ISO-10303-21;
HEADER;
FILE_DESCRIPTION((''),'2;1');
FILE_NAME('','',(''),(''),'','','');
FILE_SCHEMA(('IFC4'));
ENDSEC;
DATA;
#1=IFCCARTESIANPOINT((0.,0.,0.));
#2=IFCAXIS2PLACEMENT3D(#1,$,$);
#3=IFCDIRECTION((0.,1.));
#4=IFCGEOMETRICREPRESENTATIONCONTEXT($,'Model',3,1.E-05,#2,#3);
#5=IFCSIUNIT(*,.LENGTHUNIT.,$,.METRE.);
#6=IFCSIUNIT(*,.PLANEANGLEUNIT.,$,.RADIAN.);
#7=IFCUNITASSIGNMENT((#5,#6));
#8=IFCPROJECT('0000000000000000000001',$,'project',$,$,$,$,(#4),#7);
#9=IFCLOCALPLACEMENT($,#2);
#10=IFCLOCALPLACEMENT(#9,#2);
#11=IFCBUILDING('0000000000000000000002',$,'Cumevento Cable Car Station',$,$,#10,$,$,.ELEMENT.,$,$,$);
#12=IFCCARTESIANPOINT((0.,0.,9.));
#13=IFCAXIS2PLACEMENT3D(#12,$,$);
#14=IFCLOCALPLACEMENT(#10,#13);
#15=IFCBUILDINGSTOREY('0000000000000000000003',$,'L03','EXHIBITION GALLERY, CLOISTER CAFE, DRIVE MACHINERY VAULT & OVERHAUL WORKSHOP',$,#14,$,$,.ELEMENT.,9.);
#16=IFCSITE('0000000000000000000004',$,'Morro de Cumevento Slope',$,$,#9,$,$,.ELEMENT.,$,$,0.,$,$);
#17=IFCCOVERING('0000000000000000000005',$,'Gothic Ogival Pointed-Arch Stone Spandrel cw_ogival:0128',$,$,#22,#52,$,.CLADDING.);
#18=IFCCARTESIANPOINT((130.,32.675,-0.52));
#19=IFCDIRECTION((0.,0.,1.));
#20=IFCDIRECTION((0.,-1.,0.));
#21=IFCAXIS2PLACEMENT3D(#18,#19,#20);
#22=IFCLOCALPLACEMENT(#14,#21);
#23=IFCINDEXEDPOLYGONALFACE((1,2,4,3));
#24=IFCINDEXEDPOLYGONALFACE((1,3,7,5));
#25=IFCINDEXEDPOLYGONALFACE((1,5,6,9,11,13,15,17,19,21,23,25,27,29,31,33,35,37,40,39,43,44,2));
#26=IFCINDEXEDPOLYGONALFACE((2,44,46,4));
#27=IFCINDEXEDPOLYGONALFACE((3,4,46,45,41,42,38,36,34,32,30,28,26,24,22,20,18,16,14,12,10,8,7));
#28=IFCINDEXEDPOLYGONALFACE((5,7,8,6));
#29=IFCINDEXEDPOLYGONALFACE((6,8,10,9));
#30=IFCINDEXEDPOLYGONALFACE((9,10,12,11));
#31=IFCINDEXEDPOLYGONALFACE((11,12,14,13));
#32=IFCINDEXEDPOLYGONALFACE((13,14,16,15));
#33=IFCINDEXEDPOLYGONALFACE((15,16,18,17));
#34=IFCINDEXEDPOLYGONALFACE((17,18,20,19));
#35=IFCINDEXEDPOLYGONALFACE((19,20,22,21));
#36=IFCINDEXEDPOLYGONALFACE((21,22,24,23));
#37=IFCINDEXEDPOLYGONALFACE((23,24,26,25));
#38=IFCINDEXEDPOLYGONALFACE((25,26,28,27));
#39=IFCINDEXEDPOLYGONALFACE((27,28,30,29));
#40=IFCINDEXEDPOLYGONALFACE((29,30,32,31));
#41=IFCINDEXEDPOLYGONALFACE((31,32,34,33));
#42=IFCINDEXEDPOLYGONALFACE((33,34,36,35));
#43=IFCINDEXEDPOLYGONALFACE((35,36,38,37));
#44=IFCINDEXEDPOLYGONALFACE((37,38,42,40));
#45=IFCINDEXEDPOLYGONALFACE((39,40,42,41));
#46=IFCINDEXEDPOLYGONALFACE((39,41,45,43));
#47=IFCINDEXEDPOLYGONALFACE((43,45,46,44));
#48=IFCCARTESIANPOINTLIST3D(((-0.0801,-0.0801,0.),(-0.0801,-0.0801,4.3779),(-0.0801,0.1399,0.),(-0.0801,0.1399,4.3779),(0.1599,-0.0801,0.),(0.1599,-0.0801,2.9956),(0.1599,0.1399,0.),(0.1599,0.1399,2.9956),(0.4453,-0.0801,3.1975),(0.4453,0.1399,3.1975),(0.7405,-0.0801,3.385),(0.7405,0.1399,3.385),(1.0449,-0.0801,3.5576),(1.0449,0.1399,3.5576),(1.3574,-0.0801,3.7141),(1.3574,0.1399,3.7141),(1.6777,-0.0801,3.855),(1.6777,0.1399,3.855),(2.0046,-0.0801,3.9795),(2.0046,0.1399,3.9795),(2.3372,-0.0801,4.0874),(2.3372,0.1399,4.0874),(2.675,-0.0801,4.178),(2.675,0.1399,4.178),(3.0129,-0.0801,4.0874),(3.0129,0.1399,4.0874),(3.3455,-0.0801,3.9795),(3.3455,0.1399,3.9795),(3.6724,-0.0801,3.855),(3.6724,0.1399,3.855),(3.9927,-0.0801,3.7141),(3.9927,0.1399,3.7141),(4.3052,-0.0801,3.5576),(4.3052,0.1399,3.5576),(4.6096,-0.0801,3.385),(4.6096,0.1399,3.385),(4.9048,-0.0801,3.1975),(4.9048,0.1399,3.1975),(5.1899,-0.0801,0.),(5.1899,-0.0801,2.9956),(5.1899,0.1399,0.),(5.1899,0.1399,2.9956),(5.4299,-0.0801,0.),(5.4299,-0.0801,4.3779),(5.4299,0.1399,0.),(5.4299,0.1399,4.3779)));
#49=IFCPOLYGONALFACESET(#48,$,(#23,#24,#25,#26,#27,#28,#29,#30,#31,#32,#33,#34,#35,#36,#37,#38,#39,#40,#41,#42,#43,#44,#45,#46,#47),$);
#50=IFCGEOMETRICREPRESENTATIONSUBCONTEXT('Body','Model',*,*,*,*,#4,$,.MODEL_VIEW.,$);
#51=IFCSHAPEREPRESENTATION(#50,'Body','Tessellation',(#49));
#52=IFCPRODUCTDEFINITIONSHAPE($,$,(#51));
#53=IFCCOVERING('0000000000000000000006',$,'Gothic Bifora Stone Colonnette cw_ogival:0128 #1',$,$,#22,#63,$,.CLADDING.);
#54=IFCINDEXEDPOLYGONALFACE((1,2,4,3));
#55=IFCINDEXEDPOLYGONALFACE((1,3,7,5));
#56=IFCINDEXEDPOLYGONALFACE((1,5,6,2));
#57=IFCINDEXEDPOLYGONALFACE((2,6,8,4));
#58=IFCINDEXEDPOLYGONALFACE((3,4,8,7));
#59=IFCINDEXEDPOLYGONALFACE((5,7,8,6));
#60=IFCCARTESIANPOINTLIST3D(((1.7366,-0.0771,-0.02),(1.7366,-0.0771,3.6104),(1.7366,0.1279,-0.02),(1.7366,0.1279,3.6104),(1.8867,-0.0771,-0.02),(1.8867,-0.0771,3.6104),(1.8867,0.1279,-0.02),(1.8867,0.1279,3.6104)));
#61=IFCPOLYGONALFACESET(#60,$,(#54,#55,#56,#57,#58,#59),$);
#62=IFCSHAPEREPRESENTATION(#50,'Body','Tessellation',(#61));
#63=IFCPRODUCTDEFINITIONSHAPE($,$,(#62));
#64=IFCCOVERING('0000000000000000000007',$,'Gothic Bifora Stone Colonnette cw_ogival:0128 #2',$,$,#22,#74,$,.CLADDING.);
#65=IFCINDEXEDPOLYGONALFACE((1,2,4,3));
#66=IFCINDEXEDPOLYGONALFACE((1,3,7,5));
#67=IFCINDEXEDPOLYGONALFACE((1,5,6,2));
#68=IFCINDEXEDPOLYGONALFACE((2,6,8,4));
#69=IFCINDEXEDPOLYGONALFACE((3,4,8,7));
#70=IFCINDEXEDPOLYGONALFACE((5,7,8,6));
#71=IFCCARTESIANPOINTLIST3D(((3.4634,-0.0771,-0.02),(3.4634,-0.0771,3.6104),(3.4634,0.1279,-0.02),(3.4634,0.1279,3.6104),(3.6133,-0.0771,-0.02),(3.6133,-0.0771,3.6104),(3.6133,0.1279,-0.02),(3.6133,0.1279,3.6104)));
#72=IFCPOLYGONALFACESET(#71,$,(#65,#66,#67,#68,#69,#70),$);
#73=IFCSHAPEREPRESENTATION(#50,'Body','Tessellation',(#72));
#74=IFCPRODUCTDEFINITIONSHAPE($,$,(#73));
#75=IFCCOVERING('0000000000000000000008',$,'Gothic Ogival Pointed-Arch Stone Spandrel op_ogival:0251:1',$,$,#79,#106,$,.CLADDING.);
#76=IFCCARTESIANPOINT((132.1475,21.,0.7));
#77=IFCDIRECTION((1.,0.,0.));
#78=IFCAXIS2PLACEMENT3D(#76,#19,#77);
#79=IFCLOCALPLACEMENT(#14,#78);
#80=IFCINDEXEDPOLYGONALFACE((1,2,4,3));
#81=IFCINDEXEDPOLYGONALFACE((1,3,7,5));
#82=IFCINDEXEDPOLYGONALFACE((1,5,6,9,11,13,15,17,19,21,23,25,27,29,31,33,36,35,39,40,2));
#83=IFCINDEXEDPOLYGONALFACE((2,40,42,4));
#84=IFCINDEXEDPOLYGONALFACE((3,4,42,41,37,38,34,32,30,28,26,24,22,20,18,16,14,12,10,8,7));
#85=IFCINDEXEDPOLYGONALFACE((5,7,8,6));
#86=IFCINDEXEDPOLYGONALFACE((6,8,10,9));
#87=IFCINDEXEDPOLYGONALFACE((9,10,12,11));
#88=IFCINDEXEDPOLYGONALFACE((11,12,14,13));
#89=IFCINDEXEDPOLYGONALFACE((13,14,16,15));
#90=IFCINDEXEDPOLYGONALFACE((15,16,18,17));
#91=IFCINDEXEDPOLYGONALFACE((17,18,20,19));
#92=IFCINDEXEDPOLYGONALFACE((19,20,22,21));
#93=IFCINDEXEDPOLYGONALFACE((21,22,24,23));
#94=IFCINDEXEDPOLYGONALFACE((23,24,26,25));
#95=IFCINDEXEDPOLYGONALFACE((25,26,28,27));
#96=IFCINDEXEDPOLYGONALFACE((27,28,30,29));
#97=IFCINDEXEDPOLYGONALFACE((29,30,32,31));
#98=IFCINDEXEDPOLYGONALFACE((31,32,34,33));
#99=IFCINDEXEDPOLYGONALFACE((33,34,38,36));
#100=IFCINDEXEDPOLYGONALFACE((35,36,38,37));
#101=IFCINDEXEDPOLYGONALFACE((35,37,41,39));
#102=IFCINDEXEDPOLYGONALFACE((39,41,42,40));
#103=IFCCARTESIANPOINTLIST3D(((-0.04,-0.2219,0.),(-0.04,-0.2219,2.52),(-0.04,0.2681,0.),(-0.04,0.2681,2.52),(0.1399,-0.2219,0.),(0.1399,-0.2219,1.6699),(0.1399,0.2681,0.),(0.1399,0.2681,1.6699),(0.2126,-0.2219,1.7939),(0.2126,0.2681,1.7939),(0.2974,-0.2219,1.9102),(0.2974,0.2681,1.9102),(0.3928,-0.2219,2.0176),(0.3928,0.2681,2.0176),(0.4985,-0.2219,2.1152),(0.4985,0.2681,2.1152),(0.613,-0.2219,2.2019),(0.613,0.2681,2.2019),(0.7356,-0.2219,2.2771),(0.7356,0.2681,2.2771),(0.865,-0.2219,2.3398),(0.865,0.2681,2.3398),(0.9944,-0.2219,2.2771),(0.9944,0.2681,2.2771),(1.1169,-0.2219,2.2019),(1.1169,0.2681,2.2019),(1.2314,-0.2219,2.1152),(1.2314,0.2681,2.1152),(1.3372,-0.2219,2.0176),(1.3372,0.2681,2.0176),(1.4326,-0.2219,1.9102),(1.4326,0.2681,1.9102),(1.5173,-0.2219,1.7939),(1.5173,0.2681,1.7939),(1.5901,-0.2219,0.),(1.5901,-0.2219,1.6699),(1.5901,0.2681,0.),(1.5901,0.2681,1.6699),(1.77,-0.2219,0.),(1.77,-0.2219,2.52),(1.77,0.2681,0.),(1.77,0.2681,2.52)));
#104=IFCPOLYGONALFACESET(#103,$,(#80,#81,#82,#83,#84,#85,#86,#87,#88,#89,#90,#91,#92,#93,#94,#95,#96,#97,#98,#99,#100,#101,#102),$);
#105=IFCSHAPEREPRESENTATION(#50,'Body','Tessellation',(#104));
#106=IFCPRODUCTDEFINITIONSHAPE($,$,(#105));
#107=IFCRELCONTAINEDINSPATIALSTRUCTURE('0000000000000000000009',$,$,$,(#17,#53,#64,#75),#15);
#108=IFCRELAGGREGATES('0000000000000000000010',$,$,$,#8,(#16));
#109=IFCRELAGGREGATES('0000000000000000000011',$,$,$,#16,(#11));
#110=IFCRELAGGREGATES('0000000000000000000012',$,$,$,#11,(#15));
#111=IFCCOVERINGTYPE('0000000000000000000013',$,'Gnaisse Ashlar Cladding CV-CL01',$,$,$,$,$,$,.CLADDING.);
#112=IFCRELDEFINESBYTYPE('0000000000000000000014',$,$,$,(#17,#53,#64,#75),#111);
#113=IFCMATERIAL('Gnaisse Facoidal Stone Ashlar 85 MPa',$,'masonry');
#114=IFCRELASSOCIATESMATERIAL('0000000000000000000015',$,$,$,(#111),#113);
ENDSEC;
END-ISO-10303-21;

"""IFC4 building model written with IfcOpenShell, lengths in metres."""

from ifc_helpers import new_model, si_unit, direction, frame, origin, place, context, subcontext, project, spatial, polyline, outline, extrude, material, type_object, element, save


model = new_model("IFC4")

# Units and contexts
model_context = context("Model", 3, precision=1e-05, world=origin(), true_north=direction((0.0, 1.0)))
body_context = subcontext(model_context, "Body", "Model", "MODEL_VIEW")
ifc_project = project(units=[si_unit("LENGTHUNIT", "METRE"), si_unit("PLANEANGLEUNIT", "RADIAN")], contexts=[model_context])

# Site, building, storey
site_placement = place(None, origin())
site = spatial("IfcSite", under=ifc_project, at=site_placement, Name="Morro de Cumevento Slope", CompositionType="ELEMENT", RefElevation=0.0)
building_placement = place(site_placement, origin())
building = spatial("IfcBuilding", under=site, at=building_placement, Name="Cumevento Cable Car Station", CompositionType="ELEMENT")
storey_placement = place(building_placement, frame((0.0, 0.0, 9.0)))
storey = spatial("IfcBuildingStorey", under=building, at=storey_placement, Name="L03", Description="EXHIBITION GALLERY, CLOISTER CAFE, DRIVE MACHINERY VAULT & OVERHAUL WORKSHOP", CompositionType="ELEMENT", Elevation=9.0)

# Coverings
ifc_material_1 = material(Name="Gnaisse Facoidal Stone Ashlar 85 MPa", Category="masonry")
covering_type = type_object("IfcCoveringType", Name="Gnaisse Ashlar Cladding CV-CL01", PredefinedType="CLADDING", material=ifc_material_1)
placement = place(storey_placement, frame((130.0, 32.675, -0.52), z_axis=(0.0, 0.0, 1.0), x_axis=(0.0, -1.0, 0.0)))
element("IfcCovering", 1, at=placement, inside=storey, type_object=covering_type, Name="Gothic Ogival Pointed-Arch Stone Spandrel cw_ogival:0128", PredefinedType="CLADDING", context=body_context, shape_type="SweptSolid", body=[
    extrude(outline(polyline([(-0.0801, 0.0), (-0.0801, 4.3779), (5.4299, 4.3779), (5.4299, 0.0), (5.1899, 0.0), (5.1899, 2.9956), (4.9048, 3.1975), (4.6096, 3.385), (4.3052, 3.5576), (3.9927, 3.7141), (3.6724, 3.855), (3.3455, 3.9795), (3.0129, 4.0874), (2.675, 4.178), (2.3372, 4.0874), (2.0046, 3.9795), (1.6777, 3.855), (1.3574, 3.7141), (1.0449, 3.5576), (0.7405, 3.385), (0.4453, 3.1975), (0.1599, 2.9956), (0.1599, 0.0), (-0.0801, 0.0)])), frame((0.0, 0.1399, 0.0), z_axis=(0.0, -1.0, 0.0), x_axis=(1.0, 0.0, 0.0)), (0.0, 0.0, 1.0), 0.22),
])
element("IfcCovering", 2, at=placement, inside=storey, type_object=covering_type, Name="Gothic Bifora Stone Colonnette cw_ogival:0128 #1", PredefinedType="CLADDING", context=body_context, shape_type="SweptSolid", body=[
    extrude(outline(polyline([(1.7366, -0.02), (1.8867, -0.02), (1.8867, 3.6104), (1.7366, 3.6104), (1.7366, -0.02)])), frame((0.0, 0.1279, 0.0), z_axis=(0.0, -1.0, 0.0), x_axis=(1.0, 0.0, 0.0)), (0.0, 0.0, 1.0), 0.2051),
])
element("IfcCovering", 3, at=placement, inside=storey, type_object=covering_type, Name="Gothic Bifora Stone Colonnette cw_ogival:0128 #2", PredefinedType="CLADDING", context=body_context, shape_type="SweptSolid", body=[
    extrude(outline(polyline([(3.4634, -0.02), (3.6133, -0.02), (3.6133, 3.6104), (3.4634, 3.6104), (3.4634, -0.02)])), frame((0.0, 0.1279, 0.0), z_axis=(0.0, -1.0, 0.0), x_axis=(1.0, 0.0, 0.0)), (0.0, 0.0, 1.0), 0.2051),
])
covering_1_placement = place(storey_placement, frame((132.1475, 21.0, 0.7), z_axis=(0.0, 0.0, 1.0), x_axis=(1.0, 0.0, 0.0)))
element("IfcCovering", 4, at=covering_1_placement, inside=storey, type_object=covering_type, Name="Gothic Ogival Pointed-Arch Stone Spandrel op_ogival:0251:1", PredefinedType="CLADDING", context=body_context, shape_type="SweptSolid", body=[
    extrude(outline(polyline([(-0.04, 0.0), (-0.04, 2.52), (1.77, 2.52), (1.77, 0.0), (1.5901, 0.0), (1.5901, 1.6699), (1.5173, 1.7939), (1.4326, 1.9102), (1.3372, 2.0176), (1.2314, 2.1152), (1.1169, 2.2019), (0.9944, 2.2771), (0.865, 2.3398), (0.7356, 2.2771), (0.613, 2.2019), (0.4985, 2.1152), (0.3928, 2.0176), (0.2974, 1.9102), (0.2126, 1.7939), (0.1399, 1.6699), (0.1399, 0.0), (-0.04, 0.0)])), frame((0.0, 0.2681, 0.0), z_axis=(0.0, -1.0, 0.0), x_axis=(1.0, 0.0, 0.0)), (0.0, 0.0, 1.0), 0.49),
])

save(model, "model.ifc")
